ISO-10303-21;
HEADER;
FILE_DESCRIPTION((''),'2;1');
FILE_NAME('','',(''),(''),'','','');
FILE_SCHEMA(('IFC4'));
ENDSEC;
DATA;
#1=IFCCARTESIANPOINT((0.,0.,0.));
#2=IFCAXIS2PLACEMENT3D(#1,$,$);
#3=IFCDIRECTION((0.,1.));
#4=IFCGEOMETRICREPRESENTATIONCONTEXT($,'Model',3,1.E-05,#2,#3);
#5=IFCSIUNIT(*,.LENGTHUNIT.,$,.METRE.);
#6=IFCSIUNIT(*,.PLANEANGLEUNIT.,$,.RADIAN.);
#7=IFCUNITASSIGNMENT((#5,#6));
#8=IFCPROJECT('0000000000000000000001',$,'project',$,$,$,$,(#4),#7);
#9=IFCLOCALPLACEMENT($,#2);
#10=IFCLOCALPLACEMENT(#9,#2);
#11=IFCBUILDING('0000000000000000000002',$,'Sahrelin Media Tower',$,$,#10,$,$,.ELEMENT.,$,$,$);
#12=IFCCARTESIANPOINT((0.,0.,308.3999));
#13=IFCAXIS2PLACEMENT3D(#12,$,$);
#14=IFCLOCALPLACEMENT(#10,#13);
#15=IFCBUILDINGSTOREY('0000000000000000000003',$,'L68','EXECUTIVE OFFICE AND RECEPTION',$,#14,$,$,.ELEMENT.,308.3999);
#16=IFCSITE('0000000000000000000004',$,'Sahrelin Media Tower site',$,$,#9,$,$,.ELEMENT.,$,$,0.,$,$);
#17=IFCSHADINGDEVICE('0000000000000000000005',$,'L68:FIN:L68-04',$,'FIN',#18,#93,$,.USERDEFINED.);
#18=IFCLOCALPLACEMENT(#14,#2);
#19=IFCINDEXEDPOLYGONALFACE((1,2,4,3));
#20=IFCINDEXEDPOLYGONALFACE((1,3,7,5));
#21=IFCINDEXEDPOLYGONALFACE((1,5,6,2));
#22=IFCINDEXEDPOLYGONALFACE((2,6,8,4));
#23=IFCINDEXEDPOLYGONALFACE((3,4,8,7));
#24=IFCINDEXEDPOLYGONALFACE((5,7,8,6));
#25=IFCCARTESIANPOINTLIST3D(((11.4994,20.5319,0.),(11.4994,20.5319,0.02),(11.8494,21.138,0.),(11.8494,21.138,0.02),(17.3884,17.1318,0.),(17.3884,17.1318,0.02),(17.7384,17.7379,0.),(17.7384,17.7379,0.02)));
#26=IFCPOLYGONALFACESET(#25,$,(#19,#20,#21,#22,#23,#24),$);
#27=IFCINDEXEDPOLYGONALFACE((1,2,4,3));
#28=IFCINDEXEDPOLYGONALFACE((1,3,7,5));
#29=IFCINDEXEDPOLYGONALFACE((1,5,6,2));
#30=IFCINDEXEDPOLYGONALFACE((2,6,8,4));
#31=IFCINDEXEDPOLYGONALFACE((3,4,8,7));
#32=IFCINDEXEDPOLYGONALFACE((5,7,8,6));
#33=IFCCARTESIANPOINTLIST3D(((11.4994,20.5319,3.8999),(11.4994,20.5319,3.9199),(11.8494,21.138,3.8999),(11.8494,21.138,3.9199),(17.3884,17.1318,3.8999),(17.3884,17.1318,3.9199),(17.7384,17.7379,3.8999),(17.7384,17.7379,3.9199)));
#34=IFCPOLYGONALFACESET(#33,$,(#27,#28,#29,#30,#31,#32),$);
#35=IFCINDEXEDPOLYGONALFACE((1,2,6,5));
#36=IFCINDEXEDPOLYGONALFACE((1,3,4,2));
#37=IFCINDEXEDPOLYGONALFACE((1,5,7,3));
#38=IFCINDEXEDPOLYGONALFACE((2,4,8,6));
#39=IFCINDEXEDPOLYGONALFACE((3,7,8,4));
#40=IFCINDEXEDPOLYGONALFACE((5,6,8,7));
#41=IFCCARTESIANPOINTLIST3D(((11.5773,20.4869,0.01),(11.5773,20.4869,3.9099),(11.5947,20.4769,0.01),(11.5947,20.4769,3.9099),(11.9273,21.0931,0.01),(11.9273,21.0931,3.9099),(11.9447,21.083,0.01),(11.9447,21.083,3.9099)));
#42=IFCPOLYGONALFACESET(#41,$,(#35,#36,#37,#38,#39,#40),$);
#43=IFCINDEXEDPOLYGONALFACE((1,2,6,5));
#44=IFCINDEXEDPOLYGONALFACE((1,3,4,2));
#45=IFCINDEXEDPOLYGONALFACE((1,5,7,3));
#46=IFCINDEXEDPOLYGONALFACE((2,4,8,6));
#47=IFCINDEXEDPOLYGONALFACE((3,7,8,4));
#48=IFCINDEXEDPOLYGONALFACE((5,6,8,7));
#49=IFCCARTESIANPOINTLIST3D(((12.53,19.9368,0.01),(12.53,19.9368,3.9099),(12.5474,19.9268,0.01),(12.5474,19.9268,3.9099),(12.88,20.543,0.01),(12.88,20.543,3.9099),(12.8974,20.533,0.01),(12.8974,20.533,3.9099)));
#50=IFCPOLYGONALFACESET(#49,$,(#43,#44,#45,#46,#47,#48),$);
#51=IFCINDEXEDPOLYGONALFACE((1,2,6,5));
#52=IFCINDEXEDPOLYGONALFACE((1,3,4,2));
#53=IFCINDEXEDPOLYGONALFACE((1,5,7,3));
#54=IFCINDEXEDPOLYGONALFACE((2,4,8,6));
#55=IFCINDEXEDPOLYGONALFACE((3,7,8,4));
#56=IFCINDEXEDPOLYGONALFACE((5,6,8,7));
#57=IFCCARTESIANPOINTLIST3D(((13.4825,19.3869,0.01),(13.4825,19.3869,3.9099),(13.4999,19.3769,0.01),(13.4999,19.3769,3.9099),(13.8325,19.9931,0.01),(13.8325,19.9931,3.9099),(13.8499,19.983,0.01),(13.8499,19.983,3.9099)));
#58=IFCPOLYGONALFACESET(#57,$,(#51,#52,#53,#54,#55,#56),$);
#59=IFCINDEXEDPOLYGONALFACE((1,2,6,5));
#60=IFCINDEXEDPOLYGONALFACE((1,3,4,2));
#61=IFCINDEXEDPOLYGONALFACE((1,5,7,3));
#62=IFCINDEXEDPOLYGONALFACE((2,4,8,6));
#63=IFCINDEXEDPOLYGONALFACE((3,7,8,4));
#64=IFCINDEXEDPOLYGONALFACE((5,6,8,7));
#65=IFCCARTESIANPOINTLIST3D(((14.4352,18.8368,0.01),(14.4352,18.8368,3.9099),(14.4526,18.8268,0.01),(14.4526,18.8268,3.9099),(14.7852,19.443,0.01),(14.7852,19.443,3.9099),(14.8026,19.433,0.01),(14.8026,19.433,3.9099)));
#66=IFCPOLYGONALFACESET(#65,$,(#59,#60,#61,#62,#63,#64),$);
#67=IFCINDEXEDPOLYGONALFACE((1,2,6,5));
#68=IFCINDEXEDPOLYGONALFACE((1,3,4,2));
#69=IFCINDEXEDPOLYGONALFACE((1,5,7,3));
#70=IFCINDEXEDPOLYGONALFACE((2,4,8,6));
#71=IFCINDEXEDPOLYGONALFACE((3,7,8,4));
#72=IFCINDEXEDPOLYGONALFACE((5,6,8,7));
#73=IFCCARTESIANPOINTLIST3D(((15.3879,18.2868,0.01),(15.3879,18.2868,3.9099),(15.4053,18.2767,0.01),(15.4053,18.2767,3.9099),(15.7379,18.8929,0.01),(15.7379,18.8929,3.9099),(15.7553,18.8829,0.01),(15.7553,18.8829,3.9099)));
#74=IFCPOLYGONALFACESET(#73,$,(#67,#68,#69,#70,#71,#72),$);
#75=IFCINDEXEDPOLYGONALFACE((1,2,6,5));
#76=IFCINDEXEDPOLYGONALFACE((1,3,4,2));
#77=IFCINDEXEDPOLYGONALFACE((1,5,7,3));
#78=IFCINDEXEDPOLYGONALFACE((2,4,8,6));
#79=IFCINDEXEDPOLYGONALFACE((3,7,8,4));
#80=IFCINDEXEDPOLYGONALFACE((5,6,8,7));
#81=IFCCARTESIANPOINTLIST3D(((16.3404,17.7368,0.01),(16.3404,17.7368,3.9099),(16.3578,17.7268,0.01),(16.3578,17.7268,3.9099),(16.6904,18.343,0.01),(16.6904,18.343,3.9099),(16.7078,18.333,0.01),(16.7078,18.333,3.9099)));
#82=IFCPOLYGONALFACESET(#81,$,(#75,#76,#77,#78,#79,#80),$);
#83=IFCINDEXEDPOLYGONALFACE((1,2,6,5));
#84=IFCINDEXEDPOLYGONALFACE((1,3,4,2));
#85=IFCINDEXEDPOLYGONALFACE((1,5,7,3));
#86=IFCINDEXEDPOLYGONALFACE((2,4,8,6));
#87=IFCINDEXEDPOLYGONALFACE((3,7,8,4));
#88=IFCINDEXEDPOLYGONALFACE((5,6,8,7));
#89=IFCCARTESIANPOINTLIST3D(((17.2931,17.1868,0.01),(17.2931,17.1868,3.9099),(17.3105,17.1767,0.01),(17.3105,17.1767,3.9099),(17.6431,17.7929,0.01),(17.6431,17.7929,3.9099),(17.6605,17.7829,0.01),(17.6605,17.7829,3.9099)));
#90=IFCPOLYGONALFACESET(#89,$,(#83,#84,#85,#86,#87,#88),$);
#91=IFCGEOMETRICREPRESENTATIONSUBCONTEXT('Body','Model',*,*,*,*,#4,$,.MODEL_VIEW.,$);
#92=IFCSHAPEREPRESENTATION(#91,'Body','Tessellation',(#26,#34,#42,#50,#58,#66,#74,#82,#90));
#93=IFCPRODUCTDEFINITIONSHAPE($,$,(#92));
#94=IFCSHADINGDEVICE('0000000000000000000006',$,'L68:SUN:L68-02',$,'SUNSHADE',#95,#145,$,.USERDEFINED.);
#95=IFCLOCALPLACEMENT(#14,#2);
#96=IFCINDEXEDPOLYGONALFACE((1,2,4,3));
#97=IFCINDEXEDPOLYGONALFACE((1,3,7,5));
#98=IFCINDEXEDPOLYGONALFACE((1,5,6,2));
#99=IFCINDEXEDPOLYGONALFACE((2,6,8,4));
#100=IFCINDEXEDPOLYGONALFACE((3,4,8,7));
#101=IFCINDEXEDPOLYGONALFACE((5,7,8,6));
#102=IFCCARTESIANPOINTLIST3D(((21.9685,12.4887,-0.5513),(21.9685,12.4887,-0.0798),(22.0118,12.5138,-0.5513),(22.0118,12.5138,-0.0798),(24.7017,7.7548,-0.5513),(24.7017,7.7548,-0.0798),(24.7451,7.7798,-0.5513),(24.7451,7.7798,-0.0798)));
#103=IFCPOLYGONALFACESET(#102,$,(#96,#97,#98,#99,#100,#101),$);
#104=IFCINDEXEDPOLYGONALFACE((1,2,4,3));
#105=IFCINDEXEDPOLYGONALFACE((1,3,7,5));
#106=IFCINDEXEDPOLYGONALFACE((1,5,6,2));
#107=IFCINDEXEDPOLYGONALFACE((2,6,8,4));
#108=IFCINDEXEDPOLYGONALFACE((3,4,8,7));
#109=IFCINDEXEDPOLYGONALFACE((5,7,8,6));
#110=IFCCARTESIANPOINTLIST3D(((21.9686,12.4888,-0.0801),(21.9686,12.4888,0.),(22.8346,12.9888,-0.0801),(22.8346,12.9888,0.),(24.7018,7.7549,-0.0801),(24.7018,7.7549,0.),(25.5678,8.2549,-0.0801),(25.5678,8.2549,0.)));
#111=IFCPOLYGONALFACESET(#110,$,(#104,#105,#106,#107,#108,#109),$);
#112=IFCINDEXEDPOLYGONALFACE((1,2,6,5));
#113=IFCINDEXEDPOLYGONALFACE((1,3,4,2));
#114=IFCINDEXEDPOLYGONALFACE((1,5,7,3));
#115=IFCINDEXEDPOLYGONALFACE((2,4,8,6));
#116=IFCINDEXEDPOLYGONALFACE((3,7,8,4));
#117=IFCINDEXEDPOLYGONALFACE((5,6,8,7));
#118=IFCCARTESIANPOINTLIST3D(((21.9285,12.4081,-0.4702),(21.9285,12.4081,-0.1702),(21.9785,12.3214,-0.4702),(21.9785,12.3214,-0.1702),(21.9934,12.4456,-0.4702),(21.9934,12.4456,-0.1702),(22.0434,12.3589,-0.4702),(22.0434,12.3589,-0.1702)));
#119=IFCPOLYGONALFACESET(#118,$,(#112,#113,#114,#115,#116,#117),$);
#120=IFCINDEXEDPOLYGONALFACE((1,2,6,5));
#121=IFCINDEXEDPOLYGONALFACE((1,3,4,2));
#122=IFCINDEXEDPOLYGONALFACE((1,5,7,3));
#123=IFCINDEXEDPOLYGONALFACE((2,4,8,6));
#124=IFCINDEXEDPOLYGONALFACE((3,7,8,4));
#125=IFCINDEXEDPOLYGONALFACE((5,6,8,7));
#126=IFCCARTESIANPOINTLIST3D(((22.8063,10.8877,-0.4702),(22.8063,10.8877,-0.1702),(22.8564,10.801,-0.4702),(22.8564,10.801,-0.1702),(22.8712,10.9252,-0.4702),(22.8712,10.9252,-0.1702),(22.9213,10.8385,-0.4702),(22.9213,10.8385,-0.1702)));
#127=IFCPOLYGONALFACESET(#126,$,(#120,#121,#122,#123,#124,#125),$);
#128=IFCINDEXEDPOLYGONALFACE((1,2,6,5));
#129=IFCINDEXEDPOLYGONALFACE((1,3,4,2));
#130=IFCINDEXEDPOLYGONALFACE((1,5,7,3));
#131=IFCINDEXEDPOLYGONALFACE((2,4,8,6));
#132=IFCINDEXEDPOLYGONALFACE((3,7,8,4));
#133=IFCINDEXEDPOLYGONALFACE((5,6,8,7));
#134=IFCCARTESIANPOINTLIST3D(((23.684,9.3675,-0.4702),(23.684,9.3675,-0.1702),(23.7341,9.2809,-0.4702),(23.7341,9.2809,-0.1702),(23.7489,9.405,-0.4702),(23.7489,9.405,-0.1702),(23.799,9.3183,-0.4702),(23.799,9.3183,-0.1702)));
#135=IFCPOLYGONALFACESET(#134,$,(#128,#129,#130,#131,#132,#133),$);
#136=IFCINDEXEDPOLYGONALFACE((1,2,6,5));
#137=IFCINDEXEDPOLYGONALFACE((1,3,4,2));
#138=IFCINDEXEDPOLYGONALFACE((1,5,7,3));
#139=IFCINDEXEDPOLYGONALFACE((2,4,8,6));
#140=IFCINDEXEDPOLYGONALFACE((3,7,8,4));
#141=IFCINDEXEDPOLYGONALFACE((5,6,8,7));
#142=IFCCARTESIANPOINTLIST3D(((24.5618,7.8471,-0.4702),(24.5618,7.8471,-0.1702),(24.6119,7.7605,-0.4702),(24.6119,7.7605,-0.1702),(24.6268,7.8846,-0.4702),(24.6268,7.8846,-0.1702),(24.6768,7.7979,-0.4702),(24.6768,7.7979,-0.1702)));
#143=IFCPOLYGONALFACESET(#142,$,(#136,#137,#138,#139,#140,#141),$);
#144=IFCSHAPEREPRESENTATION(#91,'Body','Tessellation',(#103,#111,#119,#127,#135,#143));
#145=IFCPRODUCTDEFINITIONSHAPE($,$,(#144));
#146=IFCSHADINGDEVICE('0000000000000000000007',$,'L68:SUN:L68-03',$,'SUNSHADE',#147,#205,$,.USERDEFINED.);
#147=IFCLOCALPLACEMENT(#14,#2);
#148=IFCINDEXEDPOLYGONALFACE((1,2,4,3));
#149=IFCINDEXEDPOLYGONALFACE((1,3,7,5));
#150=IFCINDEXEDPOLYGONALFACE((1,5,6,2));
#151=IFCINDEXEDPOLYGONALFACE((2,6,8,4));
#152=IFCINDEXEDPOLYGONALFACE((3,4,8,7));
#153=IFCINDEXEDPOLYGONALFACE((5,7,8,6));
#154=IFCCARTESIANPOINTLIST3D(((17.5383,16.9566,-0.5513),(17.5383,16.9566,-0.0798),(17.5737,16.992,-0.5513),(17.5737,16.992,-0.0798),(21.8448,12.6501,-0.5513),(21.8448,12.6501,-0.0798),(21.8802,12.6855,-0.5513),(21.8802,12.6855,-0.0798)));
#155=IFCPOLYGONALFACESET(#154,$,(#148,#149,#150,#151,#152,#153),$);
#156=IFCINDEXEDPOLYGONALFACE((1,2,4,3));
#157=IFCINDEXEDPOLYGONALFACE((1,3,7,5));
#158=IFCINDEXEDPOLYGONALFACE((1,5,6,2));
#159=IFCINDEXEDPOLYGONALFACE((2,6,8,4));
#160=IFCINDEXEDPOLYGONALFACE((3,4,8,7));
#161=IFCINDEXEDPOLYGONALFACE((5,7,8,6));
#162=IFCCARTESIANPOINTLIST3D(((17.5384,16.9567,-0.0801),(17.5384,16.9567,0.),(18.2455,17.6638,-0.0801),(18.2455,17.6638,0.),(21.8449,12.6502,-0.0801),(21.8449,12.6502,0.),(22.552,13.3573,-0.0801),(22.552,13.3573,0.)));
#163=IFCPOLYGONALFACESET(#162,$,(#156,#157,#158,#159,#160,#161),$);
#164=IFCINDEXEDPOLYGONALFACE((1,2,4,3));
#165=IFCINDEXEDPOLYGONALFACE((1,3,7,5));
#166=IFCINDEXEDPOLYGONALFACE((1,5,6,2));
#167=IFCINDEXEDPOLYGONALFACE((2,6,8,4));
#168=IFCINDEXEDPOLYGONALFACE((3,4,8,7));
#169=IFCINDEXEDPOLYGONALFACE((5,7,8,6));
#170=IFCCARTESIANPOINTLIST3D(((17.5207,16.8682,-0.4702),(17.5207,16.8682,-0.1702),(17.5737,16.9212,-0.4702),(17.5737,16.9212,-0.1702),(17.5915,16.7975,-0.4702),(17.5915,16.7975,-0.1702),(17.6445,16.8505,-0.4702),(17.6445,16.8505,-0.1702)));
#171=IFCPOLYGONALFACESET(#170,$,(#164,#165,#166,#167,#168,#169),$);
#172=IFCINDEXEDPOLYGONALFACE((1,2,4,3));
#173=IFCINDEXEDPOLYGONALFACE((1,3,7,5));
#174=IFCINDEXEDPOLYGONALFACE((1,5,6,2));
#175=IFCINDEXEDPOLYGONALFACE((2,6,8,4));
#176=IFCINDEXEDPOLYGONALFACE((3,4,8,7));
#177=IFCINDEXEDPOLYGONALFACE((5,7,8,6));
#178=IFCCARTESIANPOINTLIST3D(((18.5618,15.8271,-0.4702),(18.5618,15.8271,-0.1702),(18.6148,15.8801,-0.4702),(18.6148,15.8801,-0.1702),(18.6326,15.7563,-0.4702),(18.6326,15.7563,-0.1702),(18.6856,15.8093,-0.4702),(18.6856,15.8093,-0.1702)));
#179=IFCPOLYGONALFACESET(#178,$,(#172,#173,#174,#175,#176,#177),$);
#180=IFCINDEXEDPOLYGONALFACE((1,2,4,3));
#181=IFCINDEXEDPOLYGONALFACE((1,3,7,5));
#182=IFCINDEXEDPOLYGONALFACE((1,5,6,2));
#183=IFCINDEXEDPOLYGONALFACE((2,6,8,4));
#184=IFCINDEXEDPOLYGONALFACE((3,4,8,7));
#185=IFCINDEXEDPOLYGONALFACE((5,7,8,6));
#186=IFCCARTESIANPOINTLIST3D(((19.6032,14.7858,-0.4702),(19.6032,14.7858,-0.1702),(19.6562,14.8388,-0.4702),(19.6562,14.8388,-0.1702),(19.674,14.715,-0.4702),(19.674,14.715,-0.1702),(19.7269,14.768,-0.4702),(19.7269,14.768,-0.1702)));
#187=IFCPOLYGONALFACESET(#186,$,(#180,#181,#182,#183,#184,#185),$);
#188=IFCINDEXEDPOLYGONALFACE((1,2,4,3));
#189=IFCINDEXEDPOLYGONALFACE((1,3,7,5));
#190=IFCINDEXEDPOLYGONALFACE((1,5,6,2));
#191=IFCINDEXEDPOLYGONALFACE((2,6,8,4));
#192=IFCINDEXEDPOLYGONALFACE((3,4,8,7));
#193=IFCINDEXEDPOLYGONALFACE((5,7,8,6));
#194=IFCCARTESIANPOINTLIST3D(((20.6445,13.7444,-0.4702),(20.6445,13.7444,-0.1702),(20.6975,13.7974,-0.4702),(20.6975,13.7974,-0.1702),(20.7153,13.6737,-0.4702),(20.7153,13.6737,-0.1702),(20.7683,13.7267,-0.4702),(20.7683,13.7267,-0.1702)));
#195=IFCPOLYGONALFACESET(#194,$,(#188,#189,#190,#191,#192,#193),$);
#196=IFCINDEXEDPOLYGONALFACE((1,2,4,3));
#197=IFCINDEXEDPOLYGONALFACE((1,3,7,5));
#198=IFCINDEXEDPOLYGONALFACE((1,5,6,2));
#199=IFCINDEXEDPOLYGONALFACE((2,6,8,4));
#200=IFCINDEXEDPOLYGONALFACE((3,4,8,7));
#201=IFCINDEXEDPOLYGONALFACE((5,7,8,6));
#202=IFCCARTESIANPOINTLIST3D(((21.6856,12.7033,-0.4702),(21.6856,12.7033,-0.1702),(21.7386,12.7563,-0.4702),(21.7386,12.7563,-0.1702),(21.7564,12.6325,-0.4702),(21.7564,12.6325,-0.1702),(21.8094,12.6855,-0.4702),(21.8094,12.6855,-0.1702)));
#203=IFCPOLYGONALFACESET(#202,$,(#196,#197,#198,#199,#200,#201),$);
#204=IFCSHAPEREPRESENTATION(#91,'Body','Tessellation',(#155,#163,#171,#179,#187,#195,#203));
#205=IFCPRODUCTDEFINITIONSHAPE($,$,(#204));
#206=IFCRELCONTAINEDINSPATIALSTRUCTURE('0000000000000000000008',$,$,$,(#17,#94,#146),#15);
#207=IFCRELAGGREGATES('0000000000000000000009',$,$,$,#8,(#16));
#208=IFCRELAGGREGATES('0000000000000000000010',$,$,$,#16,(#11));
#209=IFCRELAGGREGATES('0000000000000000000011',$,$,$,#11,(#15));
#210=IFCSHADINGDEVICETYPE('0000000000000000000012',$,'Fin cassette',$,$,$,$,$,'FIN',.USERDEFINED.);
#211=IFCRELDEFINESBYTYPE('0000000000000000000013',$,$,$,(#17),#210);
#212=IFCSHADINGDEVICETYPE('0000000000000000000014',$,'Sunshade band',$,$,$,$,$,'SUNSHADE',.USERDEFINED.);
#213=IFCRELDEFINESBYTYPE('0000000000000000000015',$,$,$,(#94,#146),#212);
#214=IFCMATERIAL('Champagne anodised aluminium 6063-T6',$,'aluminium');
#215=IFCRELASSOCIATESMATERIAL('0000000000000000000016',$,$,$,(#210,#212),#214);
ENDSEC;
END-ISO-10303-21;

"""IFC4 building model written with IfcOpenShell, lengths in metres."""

from ifc_helpers import new_model, si_unit, direction, frame, origin, origin_2d, place, context, subcontext, project, spatial, rectangle, extrude, material, type_object, element, save


model = new_model("IFC4")

# Units and contexts
model_context = context("Model", 3, precision=1e-05, world=origin(), true_north=direction((0.0, 1.0)))
body_context = subcontext(model_context, "Body", "Model", "MODEL_VIEW")
ifc_project = project(units=[si_unit("LENGTHUNIT", "METRE"), si_unit("PLANEANGLEUNIT", "RADIAN")], contexts=[model_context])

# Site, building, storey
site_placement = place(None, origin())
site = spatial("IfcSite", under=ifc_project, at=site_placement, Name="Sahrelin Media Tower site", CompositionType="ELEMENT", RefElevation=0.0)
building_placement = place(site_placement, origin())
building = spatial("IfcBuilding", under=site, at=building_placement, Name="Sahrelin Media Tower", CompositionType="ELEMENT")
storey_placement = place(building_placement, frame((0.0, 0.0, 308.3999)))
storey = spatial("IfcBuildingStorey", under=building, at=storey_placement, Name="L68", Description="EXECUTIVE OFFICE AND RECEPTION", CompositionType="ELEMENT", Elevation=308.3999)

# Shared definitions
ifc_material_1 = material(Name="Champagne anodised aluminium 6063-T6", Category="aluminium")

# Shading devices
shading_device_type_1 = type_object("IfcShadingDeviceType", Name="Fin cassette", ElementType="FIN", PredefinedType="USERDEFINED", material=ifc_material_1)
placement_1 = place(storey_placement, frame((23.3179, 10.1118, 0.0), z_axis=(0.0, 0.0, 1.0), x_axis=(0.500011, -0.866019, 0.0)))
placement_2 = place(storey_placement, frame((19.6775, 14.7893, 0.0), z_axis=(0.0, 0.0, 1.0), x_axis=(0.707107, -0.707107, 0.0)))
placement_3 = place(storey_placement, frame((14.4089, 18.7712, 0.0), z_axis=(0.0, 0.0, 1.0), x_axis=(0.866019, -0.500011, 0.0)))
element("IfcShadingDevice", 1, at=placement_3, inside=storey, type_object=shading_device_type_1, Name="L68:FIN:L68-04", ObjectType="FIN", PredefinedType="USERDEFINED", context=body_context, shape_type="SweptSolid", body=[
    extrude(rectangle(XDim=6.8, YDim=0.7, at=origin_2d()), frame((0.0, 0.4199, 0.0)), (0.0, 0.0, 1.0), 0.02),
    extrude(rectangle(XDim=6.8, YDim=0.7, at=origin_2d()), frame((0.0, 0.4199, 3.8999)), (0.0, 0.0, 1.0), 0.02),
    extrude(rectangle(XDim=0.02, YDim=0.7, at=origin_2d()), frame((-3.3, 0.4199, 0.01), z_axis=(0.0, 0.0, 1.0), x_axis=(1.0, 0.0, 0.0)), (0.0, 0.0, 1.0), 3.8999),
    extrude(rectangle(XDim=0.02, YDim=0.7, at=origin_2d()), frame((-2.2, 0.4199, 0.01), z_axis=(0.0, 0.0, 1.0), x_axis=(1.0, 0.0, 0.0)), (0.0, 0.0, 1.0), 3.8999),
    extrude(rectangle(XDim=0.02, YDim=0.7, at=origin_2d()), frame((-1.1001, 0.4199, 0.01), z_axis=(0.0, 0.0, 1.0), x_axis=(1.0, 0.0, 0.0)), (0.0, 0.0, 1.0), 3.8999),
    extrude(rectangle(XDim=0.02, YDim=0.7, at=origin_2d()), frame((0.0, 0.4199, 0.01), z_axis=(0.0, 0.0, 1.0), x_axis=(1.0, 0.0, 0.0)), (0.0, 0.0, 1.0), 3.8999),
    extrude(rectangle(XDim=0.02, YDim=0.7, at=origin_2d()), frame((1.1001, 0.4199, 0.01), z_axis=(0.0, 0.0, 1.0), x_axis=(1.0, 0.0, 0.0)), (0.0, 0.0, 1.0), 3.8999),
    extrude(rectangle(XDim=0.02, YDim=0.7, at=origin_2d()), frame((2.2, 0.4199, 0.01), z_axis=(0.0, 0.0, 1.0), x_axis=(1.0, 0.0, 0.0)), (0.0, 0.0, 1.0), 3.8999),
    extrude(rectangle(XDim=0.02, YDim=0.7, at=origin_2d()), frame((3.3, 0.4199, 0.01), z_axis=(0.0, 0.0, 1.0), x_axis=(1.0, 0.0, 0.0)), (0.0, 0.0, 1.0), 3.8999),
])
shading_device_type_2 = type_object("IfcShadingDeviceType", Name="Sunshade band", ElementType="SUNSHADE", PredefinedType="USERDEFINED", material=ifc_material_1)
element("IfcShadingDevice", 2, at=placement_1, inside=storey, type_object=shading_device_type_2, Name="L68:SUN:L68-02", ObjectType="SUNSHADE", PredefinedType="USERDEFINED", context=body_context, shape_type="SweptSolid", body=[
    extrude(rectangle(XDim=5.4663, YDim=0.05, at=origin_2d()), frame((0.0, 0.0449, -0.5513)), (0.0, 0.0, 1.0), 0.4714),
    extrude(rectangle(XDim=5.4663, YDim=1.0, at=origin_2d()), frame((0.0, 0.52, -0.0801)), (0.0, 0.0, 1.0), 0.0801),
    extrude(rectangle(XDim=0.1001, YDim=0.075, at=origin_2d()), frame((-2.6333, -0.0176, -0.4702)), (0.0, 0.0, 1.0), 0.3),
    extrude(rectangle(XDim=0.1001, YDim=0.075, at=origin_2d()), frame((-0.8777, -0.0176, -0.4702)), (0.0, 0.0, 1.0), 0.3),
    extrude(rectangle(XDim=0.1001, YDim=0.075, at=origin_2d()), frame((0.8777, -0.0176, -0.4702)), (0.0, 0.0, 1.0), 0.3),
    extrude(rectangle(XDim=0.1001, YDim=0.075, at=origin_2d()), frame((2.6333, -0.0176, -0.4702)), (0.0, 0.0, 1.0), 0.3),
])
element("IfcShadingDevice", 3, at=placement_2, inside=storey, type_object=shading_device_type_2, Name="L68:SUN:L68-03", ObjectType="SUNSHADE", PredefinedType="USERDEFINED", context=body_context, shape_type="SweptSolid", body=[
    extrude(rectangle(XDim=6.0903, YDim=0.05, at=origin_2d()), frame((0.0, 0.0449, -0.5513)), (0.0, 0.0, 1.0), 0.4714),
    extrude(rectangle(XDim=6.0903, YDim=1.0, at=origin_2d()), frame((0.0, 0.52, -0.0801)), (0.0, 0.0, 1.0), 0.0801),
    extrude(rectangle(XDim=0.1001, YDim=0.075, at=origin_2d()), frame((-2.9451, -0.0176, -0.4702)), (0.0, 0.0, 1.0), 0.3),
    extrude(rectangle(XDim=0.1001, YDim=0.075, at=origin_2d()), frame((-1.4727, -0.0176, -0.4702)), (0.0, 0.0, 1.0), 0.3),
    extrude(rectangle(XDim=0.1001, YDim=0.075, at=origin_2d()), frame((0.0, -0.0176, -0.4702)), (0.0, 0.0, 1.0), 0.3),
    extrude(rectangle(XDim=0.1001, YDim=0.075, at=origin_2d()), frame((1.4727, -0.0176, -0.4702)), (0.0, 0.0, 1.0), 0.3),
    extrude(rectangle(XDim=0.1001, YDim=0.075, at=origin_2d()), frame((2.9451, -0.0176, -0.4702)), (0.0, 0.0, 1.0), 0.3),
])

save(model, "model.ifc")
